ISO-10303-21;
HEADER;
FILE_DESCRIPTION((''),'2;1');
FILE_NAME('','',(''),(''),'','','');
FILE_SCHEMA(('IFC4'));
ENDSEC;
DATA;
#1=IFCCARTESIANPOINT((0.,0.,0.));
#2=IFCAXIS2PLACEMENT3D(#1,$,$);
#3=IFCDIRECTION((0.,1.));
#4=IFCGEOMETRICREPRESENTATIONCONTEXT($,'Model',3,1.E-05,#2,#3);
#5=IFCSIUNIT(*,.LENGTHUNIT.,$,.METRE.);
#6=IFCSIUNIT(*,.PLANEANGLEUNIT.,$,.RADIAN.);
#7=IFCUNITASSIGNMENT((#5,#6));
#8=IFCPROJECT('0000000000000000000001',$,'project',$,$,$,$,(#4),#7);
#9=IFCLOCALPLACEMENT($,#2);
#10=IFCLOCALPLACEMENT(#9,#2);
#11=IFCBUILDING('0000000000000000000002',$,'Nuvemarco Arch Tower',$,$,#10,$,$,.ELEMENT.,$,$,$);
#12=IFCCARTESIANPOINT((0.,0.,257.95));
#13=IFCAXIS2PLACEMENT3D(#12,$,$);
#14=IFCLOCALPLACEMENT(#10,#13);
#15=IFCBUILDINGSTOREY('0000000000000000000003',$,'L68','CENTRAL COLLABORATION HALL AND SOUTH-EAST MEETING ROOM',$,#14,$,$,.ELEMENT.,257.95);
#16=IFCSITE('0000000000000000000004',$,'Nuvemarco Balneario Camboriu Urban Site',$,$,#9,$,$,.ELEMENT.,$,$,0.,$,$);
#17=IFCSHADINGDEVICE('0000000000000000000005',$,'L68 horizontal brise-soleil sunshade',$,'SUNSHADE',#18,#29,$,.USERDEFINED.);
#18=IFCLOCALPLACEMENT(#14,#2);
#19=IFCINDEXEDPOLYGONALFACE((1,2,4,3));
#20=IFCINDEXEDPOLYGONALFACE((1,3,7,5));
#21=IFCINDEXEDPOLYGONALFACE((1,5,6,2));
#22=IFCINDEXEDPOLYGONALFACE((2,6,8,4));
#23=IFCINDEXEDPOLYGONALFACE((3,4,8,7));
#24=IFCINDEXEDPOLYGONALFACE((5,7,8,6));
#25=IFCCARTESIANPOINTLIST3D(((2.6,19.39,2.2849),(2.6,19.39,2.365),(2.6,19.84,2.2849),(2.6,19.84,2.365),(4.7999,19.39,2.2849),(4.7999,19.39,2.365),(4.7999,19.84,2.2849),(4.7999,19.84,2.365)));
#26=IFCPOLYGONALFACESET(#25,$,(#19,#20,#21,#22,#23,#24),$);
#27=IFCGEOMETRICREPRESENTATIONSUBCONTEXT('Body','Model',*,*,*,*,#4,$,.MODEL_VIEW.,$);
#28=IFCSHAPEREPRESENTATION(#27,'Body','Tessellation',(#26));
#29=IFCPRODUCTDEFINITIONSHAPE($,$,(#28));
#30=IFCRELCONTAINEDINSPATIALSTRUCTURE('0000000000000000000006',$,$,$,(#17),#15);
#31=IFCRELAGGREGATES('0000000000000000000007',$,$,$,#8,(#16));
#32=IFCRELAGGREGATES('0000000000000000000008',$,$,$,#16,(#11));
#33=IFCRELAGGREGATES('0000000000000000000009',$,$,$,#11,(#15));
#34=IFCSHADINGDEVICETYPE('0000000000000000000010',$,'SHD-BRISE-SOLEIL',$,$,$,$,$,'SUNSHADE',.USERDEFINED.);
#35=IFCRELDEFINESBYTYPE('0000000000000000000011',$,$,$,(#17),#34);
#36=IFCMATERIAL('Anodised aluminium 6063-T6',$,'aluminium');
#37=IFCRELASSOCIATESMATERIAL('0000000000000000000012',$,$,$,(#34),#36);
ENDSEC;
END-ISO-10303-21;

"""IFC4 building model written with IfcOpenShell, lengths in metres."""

from ifc_helpers import new_model, si_unit, direction, frame, origin, origin_2d, place, context, subcontext, project, spatial, rectangle, extrude, source, transform, mapped, material, type_object, type_shapes, element, save


model = new_model("IFC4")

# Units and contexts
model_context = context("Model", 3, precision=1e-05, world=origin(), true_north=direction((0.0, 1.0)))
body_context = subcontext(model_context, "Body", "Model", "MODEL_VIEW")
ifc_project = project(units=[si_unit("LENGTHUNIT", "METRE"), si_unit("PLANEANGLEUNIT", "RADIAN")], contexts=[model_context])

# Site, building, storey
site_placement = place(None, origin())
site = spatial("IfcSite", under=ifc_project, at=site_placement, Name="Nuvemarco Balneario Camboriu Urban Site", CompositionType="ELEMENT", RefElevation=0.0)
building_placement = place(site_placement, origin())
building = spatial("IfcBuilding", under=site, at=building_placement, Name="Nuvemarco Arch Tower", CompositionType="ELEMENT")
storey_placement = place(building_placement, frame((0.0, 0.0, 257.95)))
storey = spatial("IfcBuildingStorey", under=building, at=storey_placement, Name="L68", Description="CENTRAL COLLABORATION HALL AND SOUTH-EAST MEETING ROOM", CompositionType="ELEMENT", Elevation=257.95)

# Shading device
ifc_material_1 = material(Name="Anodised aluminium 6063-T6", Category="aluminium")
shading_device_type = type_object("IfcShadingDeviceType", Name="SHD-BRISE-SOLEIL", ElementType="SUNSHADE", PredefinedType="USERDEFINED", material=ifc_material_1)
shared_shape_1 = source(origin(), body_context, "Body", "SweptSolid", [
    extrude(rectangle(XDim=2.2, YDim=0.45, at=origin_2d()), origin(), (0.0, 0.0, 1.0), 0.0801),
])
type_shapes(shading_device_type, [shared_shape_1])
for number, where, z_axis, x_axis, name in (
    (1, (3.7, 19.615, 2.2849), (0.0, 0.0, 1.0), (1.0, 0.0, 0.0), "L68 horizontal brise-soleil sunshade"),
):
    element("IfcShadingDevice", number, at=place(storey_placement, frame(where, z_axis=z_axis, x_axis=x_axis)), inside=storey, type_object=shading_device_type, Name=name, ObjectType="SUNSHADE", PredefinedType="USERDEFINED", context=body_context, shape_type="MappedRepresentation", body=[
        mapped(shared_shape_1, transform((0.0, 0.0, 0.0), scale=1.0)),
    ])

save(model, "model.ifc")
